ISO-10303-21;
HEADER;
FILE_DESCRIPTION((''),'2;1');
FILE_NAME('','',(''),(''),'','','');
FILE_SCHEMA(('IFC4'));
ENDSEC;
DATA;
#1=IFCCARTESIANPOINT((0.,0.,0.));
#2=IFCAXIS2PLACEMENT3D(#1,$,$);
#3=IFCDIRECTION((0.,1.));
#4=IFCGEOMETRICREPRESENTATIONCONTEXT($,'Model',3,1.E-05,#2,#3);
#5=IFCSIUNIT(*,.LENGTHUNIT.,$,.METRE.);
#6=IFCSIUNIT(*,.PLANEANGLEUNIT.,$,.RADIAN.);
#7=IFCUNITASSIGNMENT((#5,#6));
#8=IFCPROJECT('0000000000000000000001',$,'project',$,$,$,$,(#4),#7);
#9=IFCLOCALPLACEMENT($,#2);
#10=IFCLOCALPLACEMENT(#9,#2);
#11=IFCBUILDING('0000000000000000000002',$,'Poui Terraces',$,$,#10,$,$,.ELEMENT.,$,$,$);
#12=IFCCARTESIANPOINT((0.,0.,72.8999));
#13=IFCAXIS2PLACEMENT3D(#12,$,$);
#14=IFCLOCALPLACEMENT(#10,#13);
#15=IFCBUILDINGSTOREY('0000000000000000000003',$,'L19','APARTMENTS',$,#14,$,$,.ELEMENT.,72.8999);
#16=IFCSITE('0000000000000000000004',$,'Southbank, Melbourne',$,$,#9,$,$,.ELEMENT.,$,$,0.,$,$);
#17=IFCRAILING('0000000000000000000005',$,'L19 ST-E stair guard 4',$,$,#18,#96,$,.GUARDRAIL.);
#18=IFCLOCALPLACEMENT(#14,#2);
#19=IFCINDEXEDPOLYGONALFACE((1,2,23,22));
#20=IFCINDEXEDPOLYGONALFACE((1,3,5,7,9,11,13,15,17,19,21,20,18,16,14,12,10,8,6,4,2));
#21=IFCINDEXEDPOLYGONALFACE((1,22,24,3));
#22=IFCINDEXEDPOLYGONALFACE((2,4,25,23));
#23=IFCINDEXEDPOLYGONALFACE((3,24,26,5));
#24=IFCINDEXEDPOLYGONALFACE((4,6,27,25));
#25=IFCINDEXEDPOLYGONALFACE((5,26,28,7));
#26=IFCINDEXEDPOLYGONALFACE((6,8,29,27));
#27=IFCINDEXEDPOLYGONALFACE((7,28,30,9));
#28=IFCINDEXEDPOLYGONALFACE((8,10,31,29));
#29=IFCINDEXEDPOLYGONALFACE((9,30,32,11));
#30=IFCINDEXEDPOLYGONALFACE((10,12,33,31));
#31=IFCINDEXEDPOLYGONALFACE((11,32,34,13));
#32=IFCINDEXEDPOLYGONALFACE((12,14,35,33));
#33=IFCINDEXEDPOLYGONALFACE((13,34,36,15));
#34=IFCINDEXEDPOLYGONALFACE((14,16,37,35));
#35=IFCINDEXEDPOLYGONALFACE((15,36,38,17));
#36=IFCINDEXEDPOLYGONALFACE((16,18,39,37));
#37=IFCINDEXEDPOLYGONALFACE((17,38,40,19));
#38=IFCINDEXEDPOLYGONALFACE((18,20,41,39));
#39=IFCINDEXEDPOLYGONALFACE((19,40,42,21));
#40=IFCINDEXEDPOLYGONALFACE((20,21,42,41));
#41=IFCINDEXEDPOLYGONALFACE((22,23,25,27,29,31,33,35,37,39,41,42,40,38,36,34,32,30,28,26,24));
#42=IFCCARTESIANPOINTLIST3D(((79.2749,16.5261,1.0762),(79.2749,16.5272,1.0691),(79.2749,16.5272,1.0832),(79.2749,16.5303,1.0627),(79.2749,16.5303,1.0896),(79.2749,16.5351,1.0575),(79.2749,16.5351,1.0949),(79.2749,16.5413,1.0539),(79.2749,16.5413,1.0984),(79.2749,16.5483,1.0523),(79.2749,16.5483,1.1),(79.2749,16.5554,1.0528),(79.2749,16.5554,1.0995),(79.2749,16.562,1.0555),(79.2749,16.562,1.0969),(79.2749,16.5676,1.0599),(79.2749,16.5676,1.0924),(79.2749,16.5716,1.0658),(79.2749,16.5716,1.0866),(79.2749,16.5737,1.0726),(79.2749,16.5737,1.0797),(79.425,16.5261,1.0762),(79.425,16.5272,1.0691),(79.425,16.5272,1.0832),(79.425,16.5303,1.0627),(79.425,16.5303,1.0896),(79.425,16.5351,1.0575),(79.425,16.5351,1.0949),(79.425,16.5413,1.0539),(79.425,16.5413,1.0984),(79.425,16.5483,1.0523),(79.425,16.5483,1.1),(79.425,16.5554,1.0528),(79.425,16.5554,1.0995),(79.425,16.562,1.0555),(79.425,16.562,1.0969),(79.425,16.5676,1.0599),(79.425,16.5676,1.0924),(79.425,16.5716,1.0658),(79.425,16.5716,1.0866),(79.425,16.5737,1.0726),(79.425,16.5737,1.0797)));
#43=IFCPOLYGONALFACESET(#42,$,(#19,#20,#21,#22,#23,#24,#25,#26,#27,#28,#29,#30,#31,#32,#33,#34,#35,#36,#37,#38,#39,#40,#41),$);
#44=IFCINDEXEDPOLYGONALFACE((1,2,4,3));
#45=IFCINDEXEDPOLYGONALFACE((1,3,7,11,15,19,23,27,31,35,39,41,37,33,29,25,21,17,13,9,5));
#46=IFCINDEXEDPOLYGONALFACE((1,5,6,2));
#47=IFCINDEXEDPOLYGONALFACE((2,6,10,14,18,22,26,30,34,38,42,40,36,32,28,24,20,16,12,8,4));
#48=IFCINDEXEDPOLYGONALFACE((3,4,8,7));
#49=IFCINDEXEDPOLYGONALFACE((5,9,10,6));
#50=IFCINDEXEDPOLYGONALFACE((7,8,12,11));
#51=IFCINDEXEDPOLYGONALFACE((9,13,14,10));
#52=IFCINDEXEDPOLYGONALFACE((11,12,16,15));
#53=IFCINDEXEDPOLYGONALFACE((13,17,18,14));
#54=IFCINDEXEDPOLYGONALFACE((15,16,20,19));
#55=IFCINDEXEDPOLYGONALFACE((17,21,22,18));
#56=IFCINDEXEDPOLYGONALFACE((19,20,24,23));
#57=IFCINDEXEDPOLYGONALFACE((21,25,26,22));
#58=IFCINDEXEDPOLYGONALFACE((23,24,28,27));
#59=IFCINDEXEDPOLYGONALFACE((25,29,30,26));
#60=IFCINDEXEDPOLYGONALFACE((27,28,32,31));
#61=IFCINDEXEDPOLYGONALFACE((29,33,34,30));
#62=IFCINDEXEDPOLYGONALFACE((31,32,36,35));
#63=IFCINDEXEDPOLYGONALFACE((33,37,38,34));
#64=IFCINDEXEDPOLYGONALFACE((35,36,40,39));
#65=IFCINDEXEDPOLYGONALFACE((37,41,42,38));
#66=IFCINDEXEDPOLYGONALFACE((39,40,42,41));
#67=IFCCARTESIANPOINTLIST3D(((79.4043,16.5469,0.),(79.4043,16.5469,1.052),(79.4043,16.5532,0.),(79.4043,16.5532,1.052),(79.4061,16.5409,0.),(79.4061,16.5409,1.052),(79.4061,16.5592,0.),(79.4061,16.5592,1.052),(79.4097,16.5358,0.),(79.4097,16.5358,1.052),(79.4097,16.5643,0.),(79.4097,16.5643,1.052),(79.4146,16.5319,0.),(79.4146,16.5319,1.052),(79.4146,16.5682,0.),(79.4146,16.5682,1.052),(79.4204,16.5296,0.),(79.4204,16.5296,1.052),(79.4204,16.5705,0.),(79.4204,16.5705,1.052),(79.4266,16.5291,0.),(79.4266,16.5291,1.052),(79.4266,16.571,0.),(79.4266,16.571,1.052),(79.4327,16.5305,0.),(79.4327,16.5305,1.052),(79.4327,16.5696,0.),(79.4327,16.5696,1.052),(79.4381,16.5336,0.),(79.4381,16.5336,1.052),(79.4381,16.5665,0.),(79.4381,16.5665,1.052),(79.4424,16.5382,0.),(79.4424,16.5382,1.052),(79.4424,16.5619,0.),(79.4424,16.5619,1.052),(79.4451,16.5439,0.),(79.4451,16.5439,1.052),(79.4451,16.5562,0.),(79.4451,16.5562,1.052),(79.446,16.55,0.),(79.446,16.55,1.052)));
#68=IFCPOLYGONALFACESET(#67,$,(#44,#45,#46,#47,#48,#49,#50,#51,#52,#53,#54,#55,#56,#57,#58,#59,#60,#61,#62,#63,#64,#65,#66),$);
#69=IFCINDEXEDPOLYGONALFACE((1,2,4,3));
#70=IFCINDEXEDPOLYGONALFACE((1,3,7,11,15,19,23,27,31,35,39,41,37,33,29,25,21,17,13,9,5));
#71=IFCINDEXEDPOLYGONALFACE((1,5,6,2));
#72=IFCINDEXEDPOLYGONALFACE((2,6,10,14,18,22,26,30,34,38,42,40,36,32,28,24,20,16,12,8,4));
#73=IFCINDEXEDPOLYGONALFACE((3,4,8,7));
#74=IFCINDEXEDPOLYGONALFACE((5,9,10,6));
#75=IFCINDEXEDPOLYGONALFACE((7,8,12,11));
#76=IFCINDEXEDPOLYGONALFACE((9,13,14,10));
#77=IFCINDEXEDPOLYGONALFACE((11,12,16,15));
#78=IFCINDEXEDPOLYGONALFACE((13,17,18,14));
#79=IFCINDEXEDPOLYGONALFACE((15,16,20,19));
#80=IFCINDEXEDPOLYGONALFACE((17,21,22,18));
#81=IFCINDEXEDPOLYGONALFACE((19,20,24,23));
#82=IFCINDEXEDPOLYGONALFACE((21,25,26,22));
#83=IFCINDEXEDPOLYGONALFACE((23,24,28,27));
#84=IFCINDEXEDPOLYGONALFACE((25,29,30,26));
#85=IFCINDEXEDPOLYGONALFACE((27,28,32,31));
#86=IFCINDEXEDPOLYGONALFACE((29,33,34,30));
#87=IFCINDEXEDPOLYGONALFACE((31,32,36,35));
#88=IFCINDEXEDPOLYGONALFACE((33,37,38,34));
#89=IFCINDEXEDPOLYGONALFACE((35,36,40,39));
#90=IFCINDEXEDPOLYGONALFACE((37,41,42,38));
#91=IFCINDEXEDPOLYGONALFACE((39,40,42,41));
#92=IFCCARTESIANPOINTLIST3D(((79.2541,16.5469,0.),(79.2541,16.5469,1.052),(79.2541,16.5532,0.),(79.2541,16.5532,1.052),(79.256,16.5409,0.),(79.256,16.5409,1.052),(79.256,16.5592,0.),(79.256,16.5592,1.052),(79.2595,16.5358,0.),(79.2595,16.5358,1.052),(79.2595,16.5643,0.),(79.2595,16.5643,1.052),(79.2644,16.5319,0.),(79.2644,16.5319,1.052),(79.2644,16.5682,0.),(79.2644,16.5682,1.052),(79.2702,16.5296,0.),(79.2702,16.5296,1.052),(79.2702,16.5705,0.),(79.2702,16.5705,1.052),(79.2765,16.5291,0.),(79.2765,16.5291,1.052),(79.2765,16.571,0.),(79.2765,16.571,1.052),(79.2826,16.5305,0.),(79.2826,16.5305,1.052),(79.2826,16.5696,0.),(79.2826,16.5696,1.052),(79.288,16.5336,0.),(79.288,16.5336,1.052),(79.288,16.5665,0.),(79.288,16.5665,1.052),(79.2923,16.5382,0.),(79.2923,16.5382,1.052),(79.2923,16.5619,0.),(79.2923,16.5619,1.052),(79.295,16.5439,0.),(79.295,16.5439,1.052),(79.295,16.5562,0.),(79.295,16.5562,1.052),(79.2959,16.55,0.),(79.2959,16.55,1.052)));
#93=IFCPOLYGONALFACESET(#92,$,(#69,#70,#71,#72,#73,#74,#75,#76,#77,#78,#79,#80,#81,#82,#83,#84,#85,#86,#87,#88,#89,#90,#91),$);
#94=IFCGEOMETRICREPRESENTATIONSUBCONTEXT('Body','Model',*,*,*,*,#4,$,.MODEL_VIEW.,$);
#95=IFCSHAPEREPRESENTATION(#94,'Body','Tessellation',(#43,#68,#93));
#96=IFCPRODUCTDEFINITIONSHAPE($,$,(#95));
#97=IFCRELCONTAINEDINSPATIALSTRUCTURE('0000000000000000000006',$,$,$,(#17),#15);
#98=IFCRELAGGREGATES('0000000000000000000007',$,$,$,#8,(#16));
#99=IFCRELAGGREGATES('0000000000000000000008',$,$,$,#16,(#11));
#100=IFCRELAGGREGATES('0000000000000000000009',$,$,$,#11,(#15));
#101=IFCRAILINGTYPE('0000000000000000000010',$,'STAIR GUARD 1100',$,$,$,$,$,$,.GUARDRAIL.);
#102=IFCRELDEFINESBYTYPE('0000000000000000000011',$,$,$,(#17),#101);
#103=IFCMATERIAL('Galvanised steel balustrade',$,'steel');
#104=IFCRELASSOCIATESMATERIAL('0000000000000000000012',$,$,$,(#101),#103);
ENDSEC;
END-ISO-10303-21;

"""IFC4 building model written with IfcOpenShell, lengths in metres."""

from ifc_helpers import new_model, si_unit, direction, frame, origin, origin_2d, place, context, subcontext, project, spatial, circle, extrude, material, type_object, element, save


model = new_model("IFC4")

# Units and contexts
model_context = context("Model", 3, precision=1e-05, world=origin(), true_north=direction((0.0, 1.0)))
body_context = subcontext(model_context, "Body", "Model", "MODEL_VIEW")
ifc_project = project(units=[si_unit("LENGTHUNIT", "METRE"), si_unit("PLANEANGLEUNIT", "RADIAN")], contexts=[model_context])

# Site, building, storey
site_placement = place(None, origin())
site = spatial("IfcSite", under=ifc_project, at=site_placement, Name="Southbank, Melbourne", CompositionType="ELEMENT", RefElevation=0.0)
building_placement = place(site_placement, origin())
building = spatial("IfcBuilding", under=site, at=building_placement, Name="Poui Terraces", CompositionType="ELEMENT")
storey_placement = place(building_placement, frame((0.0, 0.0, 72.8999)))
storey = spatial("IfcBuildingStorey", under=building, at=storey_placement, Name="L19", Description="APARTMENTS", CompositionType="ELEMENT", Elevation=72.8999)

# Railing
ifc_material_1 = material(Name="Galvanised steel balustrade", Category="steel")
railing_type = type_object("IfcRailingType", Name="STAIR GUARD 1100", PredefinedType="GUARDRAIL", material=ifc_material_1)
railing_1_placement = place(storey_placement, frame((79.425, 16.55, 0.0)))
element("IfcRailing", 1, at=railing_1_placement, inside=storey, type_object=railing_type, Name="L19 ST-E stair guard 4", PredefinedType="GUARDRAIL", context=body_context, shape_type="SweptSolid", body=[
    extrude(circle(Radius=0.0239, at=origin_2d()), frame((0.0, 0.0, 1.0762), z_axis=(-1.0, 0.0, 0.0), x_axis=(0.0, -1.0, 0.0)), (0.0, 0.0, 1.0), 0.1501),
    extrude(circle(Radius=0.021, at=origin_2d()), origin(), (0.0, 0.0, 1.0), 1.052),
    extrude(circle(Radius=0.021, at=origin_2d()), frame((-0.1501, 0.0, 0.0)), (0.0, 0.0, 1.0), 1.052),
])

save(model, "model.ifc")
